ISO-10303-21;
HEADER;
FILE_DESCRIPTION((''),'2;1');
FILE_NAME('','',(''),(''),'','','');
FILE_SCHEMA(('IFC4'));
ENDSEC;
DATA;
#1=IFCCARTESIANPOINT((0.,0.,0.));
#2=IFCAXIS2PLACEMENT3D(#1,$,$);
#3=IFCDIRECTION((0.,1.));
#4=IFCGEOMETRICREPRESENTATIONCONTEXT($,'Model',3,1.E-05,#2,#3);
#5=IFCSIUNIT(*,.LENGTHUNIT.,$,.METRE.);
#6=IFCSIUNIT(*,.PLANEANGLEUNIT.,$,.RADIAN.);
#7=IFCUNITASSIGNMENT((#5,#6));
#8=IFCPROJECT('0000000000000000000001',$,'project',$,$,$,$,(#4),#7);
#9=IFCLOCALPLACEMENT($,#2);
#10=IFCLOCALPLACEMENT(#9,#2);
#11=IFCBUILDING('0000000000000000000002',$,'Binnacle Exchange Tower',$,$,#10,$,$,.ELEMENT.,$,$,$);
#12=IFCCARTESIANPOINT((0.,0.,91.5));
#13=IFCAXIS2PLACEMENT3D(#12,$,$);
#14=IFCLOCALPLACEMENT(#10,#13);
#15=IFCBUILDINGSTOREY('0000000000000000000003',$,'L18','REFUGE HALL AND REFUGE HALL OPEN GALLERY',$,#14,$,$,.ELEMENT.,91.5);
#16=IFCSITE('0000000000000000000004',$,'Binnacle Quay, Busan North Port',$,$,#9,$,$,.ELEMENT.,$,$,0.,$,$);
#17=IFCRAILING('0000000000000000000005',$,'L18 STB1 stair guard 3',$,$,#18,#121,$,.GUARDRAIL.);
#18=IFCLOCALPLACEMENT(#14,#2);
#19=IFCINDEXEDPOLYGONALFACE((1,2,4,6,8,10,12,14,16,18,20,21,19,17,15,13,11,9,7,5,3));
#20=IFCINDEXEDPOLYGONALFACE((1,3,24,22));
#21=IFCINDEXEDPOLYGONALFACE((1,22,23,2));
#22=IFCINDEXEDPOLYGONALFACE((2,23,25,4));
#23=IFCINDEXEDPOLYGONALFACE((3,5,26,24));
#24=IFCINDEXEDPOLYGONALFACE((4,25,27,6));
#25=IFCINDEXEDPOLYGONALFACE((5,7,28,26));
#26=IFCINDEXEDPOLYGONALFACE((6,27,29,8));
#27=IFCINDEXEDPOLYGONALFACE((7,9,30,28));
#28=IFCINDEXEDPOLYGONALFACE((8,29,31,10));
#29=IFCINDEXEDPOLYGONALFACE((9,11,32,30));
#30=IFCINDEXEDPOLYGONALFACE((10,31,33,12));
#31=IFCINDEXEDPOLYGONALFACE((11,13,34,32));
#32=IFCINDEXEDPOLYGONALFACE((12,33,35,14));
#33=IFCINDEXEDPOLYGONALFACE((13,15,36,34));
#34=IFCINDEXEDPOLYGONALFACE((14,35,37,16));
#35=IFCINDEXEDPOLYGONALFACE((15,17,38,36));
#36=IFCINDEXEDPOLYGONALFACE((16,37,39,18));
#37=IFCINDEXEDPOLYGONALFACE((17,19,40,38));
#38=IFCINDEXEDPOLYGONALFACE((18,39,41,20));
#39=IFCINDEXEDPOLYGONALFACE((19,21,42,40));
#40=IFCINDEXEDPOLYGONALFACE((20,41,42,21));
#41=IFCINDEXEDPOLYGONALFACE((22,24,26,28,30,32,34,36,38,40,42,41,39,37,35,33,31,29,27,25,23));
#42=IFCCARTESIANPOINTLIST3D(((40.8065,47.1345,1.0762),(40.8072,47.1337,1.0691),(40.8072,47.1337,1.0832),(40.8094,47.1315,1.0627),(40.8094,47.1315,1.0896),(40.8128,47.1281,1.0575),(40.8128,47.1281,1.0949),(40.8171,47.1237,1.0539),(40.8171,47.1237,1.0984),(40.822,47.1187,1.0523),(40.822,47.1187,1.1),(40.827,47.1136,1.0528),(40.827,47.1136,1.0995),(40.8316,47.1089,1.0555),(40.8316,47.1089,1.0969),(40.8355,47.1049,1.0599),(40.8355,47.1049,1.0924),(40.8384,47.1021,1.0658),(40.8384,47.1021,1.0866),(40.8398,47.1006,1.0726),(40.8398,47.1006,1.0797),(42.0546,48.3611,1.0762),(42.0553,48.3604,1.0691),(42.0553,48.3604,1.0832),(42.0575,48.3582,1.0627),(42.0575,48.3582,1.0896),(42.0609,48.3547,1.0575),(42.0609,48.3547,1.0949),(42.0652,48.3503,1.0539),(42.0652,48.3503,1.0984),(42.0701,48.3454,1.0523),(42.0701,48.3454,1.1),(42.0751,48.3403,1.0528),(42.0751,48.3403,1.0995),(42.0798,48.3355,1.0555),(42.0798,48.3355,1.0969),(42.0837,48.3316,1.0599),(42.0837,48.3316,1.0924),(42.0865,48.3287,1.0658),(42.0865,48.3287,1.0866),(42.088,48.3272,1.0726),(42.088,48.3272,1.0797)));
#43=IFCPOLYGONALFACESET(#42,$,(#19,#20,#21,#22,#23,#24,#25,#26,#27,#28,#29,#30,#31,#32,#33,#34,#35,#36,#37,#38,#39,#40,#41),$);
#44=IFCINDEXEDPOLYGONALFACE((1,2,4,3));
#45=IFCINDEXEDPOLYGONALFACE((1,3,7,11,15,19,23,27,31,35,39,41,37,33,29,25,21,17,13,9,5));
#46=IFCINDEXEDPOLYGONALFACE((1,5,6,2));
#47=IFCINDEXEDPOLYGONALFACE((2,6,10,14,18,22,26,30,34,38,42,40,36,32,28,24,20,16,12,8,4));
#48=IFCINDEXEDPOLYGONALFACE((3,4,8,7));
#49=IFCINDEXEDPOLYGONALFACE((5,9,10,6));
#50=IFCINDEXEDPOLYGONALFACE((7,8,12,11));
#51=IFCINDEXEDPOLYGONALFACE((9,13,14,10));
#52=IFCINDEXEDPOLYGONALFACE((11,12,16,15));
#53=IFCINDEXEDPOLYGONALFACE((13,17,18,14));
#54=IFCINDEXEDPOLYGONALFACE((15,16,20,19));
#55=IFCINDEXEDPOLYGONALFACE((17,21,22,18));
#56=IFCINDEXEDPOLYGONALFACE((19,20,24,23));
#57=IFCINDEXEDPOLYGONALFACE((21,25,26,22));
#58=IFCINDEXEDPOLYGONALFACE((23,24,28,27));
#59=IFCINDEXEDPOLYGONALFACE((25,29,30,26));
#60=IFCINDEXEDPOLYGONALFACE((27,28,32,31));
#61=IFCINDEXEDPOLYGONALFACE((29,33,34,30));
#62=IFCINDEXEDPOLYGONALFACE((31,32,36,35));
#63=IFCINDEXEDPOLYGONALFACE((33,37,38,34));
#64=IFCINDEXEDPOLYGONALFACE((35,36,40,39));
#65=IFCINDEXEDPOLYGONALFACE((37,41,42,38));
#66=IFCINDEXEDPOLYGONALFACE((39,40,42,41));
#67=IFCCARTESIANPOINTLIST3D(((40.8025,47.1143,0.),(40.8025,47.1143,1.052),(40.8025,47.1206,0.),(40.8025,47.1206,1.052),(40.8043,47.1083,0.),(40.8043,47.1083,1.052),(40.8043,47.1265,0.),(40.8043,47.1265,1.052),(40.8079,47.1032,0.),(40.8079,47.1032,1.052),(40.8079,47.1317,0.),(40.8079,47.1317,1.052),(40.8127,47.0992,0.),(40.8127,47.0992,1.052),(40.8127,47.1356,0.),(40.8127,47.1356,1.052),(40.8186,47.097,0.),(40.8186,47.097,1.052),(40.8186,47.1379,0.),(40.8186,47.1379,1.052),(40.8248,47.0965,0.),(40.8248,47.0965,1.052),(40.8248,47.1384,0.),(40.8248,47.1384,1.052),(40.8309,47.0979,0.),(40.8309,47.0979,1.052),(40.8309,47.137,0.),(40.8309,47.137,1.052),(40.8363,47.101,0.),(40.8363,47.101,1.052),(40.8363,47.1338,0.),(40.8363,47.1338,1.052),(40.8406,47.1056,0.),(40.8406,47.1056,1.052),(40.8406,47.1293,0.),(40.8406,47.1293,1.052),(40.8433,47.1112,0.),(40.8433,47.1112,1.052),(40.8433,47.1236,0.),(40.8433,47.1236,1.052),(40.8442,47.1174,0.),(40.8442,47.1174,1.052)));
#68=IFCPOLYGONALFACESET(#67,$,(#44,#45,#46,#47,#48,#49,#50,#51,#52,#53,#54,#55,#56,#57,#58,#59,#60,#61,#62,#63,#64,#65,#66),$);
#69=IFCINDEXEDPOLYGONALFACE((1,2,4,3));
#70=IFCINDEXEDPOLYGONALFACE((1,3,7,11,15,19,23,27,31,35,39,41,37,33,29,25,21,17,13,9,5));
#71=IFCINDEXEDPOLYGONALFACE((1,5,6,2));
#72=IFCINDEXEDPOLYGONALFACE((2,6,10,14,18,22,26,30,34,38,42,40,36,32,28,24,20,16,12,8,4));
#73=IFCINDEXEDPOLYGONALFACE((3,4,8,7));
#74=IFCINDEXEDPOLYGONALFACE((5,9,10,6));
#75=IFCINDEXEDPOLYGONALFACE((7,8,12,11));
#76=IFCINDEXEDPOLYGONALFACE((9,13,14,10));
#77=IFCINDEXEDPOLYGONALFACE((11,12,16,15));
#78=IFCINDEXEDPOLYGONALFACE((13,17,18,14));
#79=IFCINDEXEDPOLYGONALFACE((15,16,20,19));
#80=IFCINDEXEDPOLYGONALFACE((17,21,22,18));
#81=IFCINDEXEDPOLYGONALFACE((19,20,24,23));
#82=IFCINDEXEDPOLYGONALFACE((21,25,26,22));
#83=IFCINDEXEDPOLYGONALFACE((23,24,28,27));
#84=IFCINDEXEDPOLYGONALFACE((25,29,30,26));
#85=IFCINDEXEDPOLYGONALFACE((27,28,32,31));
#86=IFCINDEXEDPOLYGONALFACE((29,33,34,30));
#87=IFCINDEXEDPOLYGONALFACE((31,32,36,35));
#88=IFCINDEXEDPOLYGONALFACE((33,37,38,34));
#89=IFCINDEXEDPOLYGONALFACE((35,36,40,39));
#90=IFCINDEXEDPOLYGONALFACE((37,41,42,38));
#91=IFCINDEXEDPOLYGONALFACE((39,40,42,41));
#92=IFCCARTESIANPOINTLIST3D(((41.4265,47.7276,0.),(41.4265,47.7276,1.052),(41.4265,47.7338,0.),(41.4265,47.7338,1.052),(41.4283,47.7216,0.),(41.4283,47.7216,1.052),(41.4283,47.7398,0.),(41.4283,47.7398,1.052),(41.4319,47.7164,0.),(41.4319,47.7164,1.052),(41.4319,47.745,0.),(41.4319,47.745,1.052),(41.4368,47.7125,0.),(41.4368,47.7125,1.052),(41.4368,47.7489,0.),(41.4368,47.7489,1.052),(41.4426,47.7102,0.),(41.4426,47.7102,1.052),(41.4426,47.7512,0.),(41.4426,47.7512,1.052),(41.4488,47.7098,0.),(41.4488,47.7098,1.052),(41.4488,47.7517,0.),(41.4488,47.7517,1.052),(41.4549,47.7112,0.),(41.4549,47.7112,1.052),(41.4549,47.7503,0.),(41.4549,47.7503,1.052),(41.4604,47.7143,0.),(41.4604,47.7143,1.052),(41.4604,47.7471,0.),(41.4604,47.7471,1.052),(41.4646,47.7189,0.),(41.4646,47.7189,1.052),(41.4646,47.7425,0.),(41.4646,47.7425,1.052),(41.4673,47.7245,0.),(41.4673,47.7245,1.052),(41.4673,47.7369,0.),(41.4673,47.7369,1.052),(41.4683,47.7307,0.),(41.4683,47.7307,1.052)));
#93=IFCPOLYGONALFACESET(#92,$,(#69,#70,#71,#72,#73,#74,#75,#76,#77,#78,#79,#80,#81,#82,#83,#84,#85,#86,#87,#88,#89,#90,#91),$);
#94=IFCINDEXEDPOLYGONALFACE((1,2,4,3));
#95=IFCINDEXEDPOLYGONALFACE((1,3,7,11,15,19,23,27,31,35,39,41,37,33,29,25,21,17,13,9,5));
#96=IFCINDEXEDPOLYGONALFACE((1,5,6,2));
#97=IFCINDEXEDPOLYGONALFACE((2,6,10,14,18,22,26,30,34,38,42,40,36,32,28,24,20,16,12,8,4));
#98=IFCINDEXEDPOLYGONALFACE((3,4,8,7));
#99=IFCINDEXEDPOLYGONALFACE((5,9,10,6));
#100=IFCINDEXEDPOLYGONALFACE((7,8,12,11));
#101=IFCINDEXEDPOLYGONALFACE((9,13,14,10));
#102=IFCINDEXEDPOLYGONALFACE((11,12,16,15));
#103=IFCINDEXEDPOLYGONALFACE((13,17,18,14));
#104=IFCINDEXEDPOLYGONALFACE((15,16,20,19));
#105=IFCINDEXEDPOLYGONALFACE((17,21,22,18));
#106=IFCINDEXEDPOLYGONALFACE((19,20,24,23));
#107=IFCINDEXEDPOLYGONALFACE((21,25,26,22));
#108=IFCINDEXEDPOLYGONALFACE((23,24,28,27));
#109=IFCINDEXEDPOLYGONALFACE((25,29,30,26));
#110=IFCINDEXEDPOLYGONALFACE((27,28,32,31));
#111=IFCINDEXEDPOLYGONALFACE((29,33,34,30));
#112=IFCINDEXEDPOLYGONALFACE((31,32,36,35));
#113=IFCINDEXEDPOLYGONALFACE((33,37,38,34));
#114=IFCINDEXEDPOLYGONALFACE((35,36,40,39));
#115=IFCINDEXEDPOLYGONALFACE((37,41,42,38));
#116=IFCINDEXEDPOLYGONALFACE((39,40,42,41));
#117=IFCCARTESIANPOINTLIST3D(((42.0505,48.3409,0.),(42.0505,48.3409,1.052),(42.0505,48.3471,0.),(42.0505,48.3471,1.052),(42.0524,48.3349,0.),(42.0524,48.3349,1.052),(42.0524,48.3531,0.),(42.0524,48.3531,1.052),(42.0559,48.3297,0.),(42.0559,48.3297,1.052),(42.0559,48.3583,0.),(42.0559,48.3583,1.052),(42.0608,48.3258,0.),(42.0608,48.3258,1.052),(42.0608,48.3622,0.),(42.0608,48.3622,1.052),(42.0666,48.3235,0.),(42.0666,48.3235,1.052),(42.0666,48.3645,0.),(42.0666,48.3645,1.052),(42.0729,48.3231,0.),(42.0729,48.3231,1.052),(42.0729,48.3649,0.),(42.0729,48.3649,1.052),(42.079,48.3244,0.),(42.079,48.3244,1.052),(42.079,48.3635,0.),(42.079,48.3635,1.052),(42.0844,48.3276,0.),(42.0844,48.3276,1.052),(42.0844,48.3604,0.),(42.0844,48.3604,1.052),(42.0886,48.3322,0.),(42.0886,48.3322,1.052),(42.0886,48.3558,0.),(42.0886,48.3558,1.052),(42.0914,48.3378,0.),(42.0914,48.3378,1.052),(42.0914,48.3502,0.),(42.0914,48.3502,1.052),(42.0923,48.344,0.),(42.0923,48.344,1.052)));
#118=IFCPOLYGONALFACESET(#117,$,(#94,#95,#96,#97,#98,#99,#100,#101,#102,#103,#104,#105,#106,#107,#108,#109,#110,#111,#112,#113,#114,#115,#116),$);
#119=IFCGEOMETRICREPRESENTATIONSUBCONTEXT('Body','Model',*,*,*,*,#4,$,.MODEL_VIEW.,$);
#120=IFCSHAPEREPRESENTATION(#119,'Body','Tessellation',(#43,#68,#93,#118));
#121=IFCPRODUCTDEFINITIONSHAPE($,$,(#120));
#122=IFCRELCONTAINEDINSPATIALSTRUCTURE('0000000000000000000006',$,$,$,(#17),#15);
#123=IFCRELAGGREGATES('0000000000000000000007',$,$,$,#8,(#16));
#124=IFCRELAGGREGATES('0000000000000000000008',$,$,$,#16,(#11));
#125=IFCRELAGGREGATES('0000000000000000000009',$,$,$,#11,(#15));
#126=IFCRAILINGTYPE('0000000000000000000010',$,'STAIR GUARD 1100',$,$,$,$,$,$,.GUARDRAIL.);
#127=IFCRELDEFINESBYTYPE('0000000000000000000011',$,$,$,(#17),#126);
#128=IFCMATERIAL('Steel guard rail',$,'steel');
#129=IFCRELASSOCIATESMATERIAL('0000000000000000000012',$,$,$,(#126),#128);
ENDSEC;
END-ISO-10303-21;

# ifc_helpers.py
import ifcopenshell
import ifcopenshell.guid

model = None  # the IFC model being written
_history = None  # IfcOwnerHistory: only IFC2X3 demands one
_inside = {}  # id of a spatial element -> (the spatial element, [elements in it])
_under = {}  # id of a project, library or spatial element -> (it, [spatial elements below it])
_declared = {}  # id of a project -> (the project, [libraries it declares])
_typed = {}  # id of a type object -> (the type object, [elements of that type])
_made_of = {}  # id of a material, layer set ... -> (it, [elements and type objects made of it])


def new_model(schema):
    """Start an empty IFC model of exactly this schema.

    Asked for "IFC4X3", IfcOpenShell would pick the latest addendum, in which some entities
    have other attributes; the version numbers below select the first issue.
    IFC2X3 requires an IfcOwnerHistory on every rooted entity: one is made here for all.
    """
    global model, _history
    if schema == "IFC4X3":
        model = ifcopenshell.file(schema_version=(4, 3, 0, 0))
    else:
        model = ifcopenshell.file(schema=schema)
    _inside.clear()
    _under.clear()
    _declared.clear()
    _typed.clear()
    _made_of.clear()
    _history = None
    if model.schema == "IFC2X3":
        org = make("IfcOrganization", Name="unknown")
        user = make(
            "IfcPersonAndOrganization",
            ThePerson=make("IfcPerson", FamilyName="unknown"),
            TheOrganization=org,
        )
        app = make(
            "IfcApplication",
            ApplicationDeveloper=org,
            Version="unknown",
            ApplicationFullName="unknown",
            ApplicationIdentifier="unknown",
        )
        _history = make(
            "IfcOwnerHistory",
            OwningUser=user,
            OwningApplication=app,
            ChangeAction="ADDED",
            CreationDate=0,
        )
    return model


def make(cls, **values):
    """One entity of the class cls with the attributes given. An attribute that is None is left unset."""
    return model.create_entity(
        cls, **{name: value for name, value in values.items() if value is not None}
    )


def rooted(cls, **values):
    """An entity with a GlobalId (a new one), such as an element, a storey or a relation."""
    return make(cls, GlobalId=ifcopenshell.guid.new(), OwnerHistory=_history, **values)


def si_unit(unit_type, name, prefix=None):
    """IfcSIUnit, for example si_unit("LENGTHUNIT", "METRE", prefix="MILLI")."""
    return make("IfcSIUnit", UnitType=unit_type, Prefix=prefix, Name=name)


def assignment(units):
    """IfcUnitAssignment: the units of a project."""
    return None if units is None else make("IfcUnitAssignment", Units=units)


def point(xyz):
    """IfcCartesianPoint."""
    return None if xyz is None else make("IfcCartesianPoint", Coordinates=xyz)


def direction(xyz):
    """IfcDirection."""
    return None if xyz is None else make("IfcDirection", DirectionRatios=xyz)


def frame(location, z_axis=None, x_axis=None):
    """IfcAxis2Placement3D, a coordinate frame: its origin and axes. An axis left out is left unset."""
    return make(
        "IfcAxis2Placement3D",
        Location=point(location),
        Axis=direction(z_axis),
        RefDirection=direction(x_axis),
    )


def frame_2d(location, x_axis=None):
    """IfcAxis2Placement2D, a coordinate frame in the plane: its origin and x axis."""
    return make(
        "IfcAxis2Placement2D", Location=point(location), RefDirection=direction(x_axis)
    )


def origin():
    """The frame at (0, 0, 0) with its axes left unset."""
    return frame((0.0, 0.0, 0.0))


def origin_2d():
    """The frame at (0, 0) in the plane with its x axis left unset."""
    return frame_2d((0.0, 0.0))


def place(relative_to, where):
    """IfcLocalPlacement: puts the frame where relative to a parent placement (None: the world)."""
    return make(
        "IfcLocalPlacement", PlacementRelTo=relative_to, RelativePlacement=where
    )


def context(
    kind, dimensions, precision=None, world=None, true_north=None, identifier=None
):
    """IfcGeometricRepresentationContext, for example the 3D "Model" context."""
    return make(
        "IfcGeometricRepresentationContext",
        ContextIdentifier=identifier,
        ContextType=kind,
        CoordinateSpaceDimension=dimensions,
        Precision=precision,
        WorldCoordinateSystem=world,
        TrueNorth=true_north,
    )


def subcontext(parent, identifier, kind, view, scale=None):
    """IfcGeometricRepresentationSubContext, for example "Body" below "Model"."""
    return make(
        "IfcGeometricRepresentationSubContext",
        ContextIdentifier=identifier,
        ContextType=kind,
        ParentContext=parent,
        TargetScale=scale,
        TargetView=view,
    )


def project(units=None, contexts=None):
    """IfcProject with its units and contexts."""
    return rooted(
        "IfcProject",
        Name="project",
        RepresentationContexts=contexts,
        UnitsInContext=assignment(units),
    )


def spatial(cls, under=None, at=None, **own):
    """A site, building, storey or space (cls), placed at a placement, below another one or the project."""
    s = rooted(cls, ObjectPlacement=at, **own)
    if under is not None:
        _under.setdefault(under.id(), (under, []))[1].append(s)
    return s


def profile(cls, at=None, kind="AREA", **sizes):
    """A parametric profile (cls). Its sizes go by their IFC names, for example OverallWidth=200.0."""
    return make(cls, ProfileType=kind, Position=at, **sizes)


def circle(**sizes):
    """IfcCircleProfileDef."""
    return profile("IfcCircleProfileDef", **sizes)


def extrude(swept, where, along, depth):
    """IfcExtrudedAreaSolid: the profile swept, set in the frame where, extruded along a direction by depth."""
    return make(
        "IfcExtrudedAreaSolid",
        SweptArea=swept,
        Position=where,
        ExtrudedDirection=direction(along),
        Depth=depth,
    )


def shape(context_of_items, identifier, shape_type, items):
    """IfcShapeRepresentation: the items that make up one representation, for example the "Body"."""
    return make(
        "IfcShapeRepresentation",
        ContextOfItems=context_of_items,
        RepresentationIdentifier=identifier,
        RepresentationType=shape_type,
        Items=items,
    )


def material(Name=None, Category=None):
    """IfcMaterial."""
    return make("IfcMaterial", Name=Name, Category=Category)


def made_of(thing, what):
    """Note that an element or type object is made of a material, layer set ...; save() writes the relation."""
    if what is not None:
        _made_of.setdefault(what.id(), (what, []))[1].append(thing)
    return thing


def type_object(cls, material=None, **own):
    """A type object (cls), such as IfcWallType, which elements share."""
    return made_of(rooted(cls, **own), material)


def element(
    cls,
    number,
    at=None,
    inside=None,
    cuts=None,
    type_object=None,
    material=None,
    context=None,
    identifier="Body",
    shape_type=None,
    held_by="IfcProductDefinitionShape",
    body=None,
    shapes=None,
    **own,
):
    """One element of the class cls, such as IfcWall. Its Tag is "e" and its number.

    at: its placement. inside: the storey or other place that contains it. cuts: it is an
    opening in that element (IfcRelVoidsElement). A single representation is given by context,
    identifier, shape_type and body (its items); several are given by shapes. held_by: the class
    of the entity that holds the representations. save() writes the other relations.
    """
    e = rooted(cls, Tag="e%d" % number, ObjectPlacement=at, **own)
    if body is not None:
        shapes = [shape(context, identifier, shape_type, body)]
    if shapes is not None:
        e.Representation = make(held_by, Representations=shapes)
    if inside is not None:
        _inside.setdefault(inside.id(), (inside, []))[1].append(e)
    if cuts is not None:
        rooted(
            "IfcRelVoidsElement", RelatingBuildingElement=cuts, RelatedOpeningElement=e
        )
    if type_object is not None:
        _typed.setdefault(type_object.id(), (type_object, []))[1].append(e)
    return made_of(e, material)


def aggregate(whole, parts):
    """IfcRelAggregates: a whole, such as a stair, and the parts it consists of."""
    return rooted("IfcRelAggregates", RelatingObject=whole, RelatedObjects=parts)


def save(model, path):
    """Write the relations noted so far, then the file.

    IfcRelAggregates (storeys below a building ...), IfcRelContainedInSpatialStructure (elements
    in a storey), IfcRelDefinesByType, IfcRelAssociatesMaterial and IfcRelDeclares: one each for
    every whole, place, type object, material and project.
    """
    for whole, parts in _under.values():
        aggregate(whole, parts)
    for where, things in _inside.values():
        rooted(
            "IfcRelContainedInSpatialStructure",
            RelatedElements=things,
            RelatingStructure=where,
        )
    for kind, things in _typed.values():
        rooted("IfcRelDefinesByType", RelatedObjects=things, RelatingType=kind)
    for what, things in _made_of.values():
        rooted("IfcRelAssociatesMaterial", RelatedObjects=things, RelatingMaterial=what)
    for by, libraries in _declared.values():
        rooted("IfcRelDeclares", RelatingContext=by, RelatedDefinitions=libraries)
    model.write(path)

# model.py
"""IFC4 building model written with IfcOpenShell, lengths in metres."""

from ifc_helpers import new_model, si_unit, direction, frame, origin, origin_2d, place, context, subcontext, project, spatial, circle, extrude, material, type_object, element, save


model = new_model("IFC4")

# Units and contexts
model_context = context("Model", 3, precision=1e-05, world=origin(), true_north=direction((0.0, 1.0)))
body_context = subcontext(model_context, "Body", "Model", "MODEL_VIEW")
ifc_project = project(units=[si_unit("LENGTHUNIT", "METRE"), si_unit("PLANEANGLEUNIT", "RADIAN")], contexts=[model_context])

# Site, building, storey
site_placement = place(None, origin())
site = spatial("IfcSite", under=ifc_project, at=site_placement, Name="Binnacle Quay, Busan North Port", CompositionType="ELEMENT", RefElevation=0.0)
building_placement = place(site_placement, origin())
building = spatial("IfcBuilding", under=site, at=building_placement, Name="Binnacle Exchange Tower", CompositionType="ELEMENT")
storey_placement = place(building_placement, frame((0.0, 0.0, 91.5)))
storey = spatial("IfcBuildingStorey", under=building, at=storey_placement, Name="L18", Description="REFUGE HALL AND REFUGE HALL OPEN GALLERY", CompositionType="ELEMENT", Elevation=91.5)

# Railing
ifc_material_1 = material(Name="Steel guard rail", Category="steel")
railing_type_1 = type_object("IfcRailingType", Name="STAIR GUARD 1100", PredefinedType="GUARDRAIL", material=ifc_material_1)
railing_1_placement = place(storey_placement, frame((40.8232, 47.1174, 0.0)))
element("IfcRailing", 1, at=railing_1_placement, inside=storey, type_object=railing_type_1, Name="L18 STB1 stair guard 3", PredefinedType="GUARDRAIL", context=body_context, shape_type="SweptSolid", body=[
    extrude(circle(Radius=0.0239, at=origin_2d()), frame((0.0, 0.0, 1.0762), z_axis=(0.713219, 0.700941, 0.0), x_axis=(-0.700941, 0.713219, 0.0)), (0.0, 0.0, 1.0), 1.75),
    extrude(circle(Radius=0.021, at=origin_2d()), origin(), (0.0, 0.0, 1.0), 1.052),
    extrude(circle(Radius=0.021, at=origin_2d()), frame((0.624, 0.6133, 0.0)), (0.0, 0.0, 1.0), 1.052),
    extrude(circle(Radius=0.021, at=origin_2d()), frame((1.248, 1.2266, 0.0)), (0.0, 0.0, 1.0), 1.052),
])

save(model, "model.ifc")
